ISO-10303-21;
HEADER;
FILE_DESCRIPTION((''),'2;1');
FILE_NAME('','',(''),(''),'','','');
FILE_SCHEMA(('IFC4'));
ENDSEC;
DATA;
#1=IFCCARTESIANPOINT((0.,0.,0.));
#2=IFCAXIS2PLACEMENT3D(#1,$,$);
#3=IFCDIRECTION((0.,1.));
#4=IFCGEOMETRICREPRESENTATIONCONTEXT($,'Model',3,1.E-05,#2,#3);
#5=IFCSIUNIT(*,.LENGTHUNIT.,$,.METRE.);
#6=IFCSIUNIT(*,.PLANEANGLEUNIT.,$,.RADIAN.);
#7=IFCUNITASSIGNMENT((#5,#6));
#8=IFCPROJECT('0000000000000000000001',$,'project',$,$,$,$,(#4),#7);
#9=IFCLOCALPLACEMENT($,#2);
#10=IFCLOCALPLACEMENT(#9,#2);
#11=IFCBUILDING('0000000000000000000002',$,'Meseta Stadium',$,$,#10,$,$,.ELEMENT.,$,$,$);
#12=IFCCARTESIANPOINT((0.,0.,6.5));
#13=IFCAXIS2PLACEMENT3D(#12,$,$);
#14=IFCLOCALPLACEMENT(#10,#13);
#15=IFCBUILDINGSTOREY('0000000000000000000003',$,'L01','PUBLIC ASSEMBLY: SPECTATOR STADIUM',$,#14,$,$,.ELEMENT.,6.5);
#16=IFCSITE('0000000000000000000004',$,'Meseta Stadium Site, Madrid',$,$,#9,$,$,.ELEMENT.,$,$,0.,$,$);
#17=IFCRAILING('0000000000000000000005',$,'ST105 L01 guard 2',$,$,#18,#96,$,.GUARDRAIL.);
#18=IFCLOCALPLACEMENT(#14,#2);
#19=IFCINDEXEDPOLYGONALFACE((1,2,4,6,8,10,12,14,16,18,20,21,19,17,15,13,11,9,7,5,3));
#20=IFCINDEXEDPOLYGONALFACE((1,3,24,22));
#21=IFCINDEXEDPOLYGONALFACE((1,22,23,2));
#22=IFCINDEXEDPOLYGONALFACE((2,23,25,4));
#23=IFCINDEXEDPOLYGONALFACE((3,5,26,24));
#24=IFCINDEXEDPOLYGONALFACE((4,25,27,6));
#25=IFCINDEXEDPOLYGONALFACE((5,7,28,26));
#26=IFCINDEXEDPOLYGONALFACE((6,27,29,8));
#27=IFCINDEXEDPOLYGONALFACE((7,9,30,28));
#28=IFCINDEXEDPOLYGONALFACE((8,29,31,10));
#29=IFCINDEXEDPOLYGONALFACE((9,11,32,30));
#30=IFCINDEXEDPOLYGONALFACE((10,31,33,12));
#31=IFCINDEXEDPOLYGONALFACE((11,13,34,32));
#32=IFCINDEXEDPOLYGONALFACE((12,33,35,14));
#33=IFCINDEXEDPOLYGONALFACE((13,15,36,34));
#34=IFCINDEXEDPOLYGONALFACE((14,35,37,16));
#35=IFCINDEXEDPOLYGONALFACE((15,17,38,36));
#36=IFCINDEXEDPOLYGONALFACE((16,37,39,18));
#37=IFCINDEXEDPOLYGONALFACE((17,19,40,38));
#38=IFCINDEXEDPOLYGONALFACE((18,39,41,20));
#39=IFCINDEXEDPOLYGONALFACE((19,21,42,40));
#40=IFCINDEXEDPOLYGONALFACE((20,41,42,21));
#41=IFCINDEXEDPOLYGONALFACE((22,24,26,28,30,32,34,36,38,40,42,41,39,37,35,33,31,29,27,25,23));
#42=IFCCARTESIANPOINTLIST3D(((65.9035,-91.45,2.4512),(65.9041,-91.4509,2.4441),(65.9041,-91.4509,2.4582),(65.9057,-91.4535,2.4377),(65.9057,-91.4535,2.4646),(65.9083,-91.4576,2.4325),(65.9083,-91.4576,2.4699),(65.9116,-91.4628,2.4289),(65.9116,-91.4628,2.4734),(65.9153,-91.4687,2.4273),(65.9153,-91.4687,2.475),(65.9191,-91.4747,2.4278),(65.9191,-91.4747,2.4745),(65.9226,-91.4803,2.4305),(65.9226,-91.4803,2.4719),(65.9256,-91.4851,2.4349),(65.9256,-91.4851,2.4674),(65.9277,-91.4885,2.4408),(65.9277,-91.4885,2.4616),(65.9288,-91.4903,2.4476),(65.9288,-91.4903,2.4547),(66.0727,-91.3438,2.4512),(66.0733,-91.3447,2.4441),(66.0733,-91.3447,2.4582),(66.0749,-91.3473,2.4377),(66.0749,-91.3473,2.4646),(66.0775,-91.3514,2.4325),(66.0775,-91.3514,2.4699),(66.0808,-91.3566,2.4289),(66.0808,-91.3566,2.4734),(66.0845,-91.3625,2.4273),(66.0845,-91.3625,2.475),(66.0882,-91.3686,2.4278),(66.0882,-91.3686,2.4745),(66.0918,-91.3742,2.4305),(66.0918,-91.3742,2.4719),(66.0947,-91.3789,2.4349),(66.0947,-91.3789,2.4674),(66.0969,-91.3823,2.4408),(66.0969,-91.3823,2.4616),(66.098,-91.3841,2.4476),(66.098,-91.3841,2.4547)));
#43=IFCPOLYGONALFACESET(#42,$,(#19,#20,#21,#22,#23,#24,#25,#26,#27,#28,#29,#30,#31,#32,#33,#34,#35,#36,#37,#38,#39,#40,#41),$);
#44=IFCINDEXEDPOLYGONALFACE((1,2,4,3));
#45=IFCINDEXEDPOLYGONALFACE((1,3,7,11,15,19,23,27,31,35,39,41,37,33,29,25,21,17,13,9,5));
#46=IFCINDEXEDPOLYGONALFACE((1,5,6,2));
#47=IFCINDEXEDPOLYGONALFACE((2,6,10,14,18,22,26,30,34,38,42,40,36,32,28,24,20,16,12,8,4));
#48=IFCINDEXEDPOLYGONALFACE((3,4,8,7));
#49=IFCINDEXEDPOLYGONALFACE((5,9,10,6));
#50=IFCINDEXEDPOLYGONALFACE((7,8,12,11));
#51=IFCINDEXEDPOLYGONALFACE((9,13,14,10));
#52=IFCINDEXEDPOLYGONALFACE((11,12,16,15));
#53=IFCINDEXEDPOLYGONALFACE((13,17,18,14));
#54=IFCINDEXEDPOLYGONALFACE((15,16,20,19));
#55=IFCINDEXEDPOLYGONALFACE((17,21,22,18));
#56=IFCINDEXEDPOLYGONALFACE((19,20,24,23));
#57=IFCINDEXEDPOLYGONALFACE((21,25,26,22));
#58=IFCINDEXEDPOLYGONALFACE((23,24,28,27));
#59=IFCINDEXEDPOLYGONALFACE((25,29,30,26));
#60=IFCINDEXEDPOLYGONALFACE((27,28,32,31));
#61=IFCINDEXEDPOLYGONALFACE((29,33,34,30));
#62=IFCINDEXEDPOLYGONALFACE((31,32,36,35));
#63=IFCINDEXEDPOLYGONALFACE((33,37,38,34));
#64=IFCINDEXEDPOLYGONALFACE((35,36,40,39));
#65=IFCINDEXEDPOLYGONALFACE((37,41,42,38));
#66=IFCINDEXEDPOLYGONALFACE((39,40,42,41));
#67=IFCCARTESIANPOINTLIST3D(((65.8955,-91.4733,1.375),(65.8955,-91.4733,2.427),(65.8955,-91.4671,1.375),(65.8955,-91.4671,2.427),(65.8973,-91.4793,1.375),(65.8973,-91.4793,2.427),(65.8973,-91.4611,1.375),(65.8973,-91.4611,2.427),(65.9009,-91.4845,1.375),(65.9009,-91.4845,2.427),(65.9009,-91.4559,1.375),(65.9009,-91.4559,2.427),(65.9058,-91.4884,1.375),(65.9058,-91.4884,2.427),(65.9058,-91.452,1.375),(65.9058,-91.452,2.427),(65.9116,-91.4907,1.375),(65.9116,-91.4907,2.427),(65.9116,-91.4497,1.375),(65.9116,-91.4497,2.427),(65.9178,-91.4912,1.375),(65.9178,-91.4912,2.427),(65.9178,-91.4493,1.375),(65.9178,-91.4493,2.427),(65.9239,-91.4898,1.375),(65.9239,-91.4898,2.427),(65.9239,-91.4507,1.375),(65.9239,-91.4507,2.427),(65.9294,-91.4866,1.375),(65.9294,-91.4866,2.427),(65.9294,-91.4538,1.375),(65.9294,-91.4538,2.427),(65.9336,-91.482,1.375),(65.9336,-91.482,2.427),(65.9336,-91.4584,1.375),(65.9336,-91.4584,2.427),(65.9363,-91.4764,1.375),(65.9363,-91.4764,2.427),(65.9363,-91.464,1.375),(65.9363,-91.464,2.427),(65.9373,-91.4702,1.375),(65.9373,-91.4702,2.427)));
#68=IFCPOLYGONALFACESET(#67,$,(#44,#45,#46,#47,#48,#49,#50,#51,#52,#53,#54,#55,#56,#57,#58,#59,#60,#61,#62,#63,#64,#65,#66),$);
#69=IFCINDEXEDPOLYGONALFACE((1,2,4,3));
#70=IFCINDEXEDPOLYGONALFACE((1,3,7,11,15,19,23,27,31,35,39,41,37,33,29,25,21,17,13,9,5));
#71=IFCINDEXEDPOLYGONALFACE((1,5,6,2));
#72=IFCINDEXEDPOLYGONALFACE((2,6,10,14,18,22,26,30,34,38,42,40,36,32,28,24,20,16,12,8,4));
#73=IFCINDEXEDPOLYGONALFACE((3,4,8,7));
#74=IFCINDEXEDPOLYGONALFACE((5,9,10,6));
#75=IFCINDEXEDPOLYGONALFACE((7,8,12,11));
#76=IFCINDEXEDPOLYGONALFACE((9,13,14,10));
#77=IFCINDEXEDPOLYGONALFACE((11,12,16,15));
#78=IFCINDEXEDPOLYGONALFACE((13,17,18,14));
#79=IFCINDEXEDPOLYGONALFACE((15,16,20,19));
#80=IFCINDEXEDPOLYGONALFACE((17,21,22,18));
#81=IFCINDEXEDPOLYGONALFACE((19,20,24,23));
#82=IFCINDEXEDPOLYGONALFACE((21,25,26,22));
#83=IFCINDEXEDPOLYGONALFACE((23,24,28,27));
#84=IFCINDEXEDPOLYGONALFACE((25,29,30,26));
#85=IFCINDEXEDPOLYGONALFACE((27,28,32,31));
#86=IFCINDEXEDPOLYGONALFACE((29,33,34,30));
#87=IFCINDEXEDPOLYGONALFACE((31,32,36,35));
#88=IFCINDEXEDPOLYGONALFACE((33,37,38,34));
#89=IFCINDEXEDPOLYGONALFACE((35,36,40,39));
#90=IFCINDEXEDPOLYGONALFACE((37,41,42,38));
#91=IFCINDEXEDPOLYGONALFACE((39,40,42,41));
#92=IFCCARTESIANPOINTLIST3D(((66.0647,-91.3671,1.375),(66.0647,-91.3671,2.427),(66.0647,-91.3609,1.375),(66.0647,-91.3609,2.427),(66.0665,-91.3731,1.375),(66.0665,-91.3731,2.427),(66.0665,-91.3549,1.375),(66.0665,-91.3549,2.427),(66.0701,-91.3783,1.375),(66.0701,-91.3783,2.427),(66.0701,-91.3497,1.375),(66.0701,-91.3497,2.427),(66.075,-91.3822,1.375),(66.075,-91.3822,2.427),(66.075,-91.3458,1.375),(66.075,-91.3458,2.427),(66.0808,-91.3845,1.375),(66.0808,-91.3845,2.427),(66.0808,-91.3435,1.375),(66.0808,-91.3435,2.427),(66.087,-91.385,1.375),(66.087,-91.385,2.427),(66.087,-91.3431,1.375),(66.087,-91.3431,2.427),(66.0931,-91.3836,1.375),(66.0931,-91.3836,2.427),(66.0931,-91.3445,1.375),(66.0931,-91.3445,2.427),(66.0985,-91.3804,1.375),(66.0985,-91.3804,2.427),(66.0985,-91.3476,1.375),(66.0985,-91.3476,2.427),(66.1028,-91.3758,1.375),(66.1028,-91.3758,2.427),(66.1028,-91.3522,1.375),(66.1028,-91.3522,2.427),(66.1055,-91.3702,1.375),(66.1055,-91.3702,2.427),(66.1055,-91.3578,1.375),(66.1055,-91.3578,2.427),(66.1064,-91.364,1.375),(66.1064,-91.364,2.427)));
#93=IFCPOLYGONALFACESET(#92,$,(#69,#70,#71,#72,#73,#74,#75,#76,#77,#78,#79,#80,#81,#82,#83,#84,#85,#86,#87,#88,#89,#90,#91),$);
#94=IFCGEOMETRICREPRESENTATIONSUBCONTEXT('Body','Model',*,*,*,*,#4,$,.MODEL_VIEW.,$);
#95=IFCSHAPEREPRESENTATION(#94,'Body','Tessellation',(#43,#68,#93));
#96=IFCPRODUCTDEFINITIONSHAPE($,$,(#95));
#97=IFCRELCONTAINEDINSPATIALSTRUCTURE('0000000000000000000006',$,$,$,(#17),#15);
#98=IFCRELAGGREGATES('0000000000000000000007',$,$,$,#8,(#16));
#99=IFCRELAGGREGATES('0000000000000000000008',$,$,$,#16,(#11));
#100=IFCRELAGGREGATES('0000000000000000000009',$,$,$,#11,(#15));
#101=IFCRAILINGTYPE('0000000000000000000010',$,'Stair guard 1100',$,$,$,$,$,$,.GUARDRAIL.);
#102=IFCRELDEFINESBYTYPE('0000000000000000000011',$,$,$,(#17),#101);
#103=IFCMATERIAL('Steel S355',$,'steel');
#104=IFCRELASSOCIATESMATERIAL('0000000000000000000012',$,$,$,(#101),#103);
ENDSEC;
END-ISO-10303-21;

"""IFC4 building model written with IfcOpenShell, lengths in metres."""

from ifc_helpers import new_model, si_unit, direction, frame, origin, origin_2d, place, context, subcontext, project, spatial, circle, extrude, material, type_object, element, save


model = new_model("IFC4")

# Units and contexts
model_context = context("Model", 3, precision=1e-05, world=origin(), true_north=direction((0.0, 1.0)))
body_context = subcontext(model_context, "Body", "Model", "MODEL_VIEW")
ifc_project = project(units=[si_unit("LENGTHUNIT", "METRE"), si_unit("PLANEANGLEUNIT", "RADIAN")], contexts=[model_context])

# Site, building, storey
site_placement = place(None, origin())
site = spatial("IfcSite", under=ifc_project, at=site_placement, Name="Meseta Stadium Site, Madrid", CompositionType="ELEMENT", RefElevation=0.0)
building_placement = place(site_placement, origin())
building = spatial("IfcBuilding", under=site, at=building_placement, Name="Meseta Stadium", CompositionType="ELEMENT")
storey_placement = place(building_placement, frame((0.0, 0.0, 6.5)))
storey = spatial("IfcBuildingStorey", under=building, at=storey_placement, Name="L01", Description="PUBLIC ASSEMBLY: SPECTATOR STADIUM", CompositionType="ELEMENT", Elevation=6.5)

# Railing
ifc_material_1 = material(Name="Steel S355", Category="steel")
railing_type_1 = type_object("IfcRailingType", Name="Stair guard 1100", PredefinedType="GUARDRAIL", material=ifc_material_1)
railing_1_placement = place(storey_placement, frame((65.9163, -91.4702, 1.375)))
element("IfcRailing", 1, at=railing_1_placement, inside=storey, type_object=railing_type_1, Name="ST105 L01 guard 2", PredefinedType="GUARDRAIL", context=body_context, shape_type="SweptSolid", body=[
    extrude(circle(Radius=0.0239, at=origin_2d()), frame((0.0, 0.0, 1.0762), z_axis=(0.846967, 0.531646, 0.0), x_axis=(-0.531646, 0.846967, 0.0)), (0.0, 0.0, 1.0), 0.1997),
    extrude(circle(Radius=0.021, at=origin_2d()), origin(), (0.0, 0.0, 1.0), 1.052),
    extrude(circle(Radius=0.021, at=origin_2d()), frame((0.1692, 0.1062, 0.0)), (0.0, 0.0, 1.0), 1.052),
])

save(model, "model.ifc")
